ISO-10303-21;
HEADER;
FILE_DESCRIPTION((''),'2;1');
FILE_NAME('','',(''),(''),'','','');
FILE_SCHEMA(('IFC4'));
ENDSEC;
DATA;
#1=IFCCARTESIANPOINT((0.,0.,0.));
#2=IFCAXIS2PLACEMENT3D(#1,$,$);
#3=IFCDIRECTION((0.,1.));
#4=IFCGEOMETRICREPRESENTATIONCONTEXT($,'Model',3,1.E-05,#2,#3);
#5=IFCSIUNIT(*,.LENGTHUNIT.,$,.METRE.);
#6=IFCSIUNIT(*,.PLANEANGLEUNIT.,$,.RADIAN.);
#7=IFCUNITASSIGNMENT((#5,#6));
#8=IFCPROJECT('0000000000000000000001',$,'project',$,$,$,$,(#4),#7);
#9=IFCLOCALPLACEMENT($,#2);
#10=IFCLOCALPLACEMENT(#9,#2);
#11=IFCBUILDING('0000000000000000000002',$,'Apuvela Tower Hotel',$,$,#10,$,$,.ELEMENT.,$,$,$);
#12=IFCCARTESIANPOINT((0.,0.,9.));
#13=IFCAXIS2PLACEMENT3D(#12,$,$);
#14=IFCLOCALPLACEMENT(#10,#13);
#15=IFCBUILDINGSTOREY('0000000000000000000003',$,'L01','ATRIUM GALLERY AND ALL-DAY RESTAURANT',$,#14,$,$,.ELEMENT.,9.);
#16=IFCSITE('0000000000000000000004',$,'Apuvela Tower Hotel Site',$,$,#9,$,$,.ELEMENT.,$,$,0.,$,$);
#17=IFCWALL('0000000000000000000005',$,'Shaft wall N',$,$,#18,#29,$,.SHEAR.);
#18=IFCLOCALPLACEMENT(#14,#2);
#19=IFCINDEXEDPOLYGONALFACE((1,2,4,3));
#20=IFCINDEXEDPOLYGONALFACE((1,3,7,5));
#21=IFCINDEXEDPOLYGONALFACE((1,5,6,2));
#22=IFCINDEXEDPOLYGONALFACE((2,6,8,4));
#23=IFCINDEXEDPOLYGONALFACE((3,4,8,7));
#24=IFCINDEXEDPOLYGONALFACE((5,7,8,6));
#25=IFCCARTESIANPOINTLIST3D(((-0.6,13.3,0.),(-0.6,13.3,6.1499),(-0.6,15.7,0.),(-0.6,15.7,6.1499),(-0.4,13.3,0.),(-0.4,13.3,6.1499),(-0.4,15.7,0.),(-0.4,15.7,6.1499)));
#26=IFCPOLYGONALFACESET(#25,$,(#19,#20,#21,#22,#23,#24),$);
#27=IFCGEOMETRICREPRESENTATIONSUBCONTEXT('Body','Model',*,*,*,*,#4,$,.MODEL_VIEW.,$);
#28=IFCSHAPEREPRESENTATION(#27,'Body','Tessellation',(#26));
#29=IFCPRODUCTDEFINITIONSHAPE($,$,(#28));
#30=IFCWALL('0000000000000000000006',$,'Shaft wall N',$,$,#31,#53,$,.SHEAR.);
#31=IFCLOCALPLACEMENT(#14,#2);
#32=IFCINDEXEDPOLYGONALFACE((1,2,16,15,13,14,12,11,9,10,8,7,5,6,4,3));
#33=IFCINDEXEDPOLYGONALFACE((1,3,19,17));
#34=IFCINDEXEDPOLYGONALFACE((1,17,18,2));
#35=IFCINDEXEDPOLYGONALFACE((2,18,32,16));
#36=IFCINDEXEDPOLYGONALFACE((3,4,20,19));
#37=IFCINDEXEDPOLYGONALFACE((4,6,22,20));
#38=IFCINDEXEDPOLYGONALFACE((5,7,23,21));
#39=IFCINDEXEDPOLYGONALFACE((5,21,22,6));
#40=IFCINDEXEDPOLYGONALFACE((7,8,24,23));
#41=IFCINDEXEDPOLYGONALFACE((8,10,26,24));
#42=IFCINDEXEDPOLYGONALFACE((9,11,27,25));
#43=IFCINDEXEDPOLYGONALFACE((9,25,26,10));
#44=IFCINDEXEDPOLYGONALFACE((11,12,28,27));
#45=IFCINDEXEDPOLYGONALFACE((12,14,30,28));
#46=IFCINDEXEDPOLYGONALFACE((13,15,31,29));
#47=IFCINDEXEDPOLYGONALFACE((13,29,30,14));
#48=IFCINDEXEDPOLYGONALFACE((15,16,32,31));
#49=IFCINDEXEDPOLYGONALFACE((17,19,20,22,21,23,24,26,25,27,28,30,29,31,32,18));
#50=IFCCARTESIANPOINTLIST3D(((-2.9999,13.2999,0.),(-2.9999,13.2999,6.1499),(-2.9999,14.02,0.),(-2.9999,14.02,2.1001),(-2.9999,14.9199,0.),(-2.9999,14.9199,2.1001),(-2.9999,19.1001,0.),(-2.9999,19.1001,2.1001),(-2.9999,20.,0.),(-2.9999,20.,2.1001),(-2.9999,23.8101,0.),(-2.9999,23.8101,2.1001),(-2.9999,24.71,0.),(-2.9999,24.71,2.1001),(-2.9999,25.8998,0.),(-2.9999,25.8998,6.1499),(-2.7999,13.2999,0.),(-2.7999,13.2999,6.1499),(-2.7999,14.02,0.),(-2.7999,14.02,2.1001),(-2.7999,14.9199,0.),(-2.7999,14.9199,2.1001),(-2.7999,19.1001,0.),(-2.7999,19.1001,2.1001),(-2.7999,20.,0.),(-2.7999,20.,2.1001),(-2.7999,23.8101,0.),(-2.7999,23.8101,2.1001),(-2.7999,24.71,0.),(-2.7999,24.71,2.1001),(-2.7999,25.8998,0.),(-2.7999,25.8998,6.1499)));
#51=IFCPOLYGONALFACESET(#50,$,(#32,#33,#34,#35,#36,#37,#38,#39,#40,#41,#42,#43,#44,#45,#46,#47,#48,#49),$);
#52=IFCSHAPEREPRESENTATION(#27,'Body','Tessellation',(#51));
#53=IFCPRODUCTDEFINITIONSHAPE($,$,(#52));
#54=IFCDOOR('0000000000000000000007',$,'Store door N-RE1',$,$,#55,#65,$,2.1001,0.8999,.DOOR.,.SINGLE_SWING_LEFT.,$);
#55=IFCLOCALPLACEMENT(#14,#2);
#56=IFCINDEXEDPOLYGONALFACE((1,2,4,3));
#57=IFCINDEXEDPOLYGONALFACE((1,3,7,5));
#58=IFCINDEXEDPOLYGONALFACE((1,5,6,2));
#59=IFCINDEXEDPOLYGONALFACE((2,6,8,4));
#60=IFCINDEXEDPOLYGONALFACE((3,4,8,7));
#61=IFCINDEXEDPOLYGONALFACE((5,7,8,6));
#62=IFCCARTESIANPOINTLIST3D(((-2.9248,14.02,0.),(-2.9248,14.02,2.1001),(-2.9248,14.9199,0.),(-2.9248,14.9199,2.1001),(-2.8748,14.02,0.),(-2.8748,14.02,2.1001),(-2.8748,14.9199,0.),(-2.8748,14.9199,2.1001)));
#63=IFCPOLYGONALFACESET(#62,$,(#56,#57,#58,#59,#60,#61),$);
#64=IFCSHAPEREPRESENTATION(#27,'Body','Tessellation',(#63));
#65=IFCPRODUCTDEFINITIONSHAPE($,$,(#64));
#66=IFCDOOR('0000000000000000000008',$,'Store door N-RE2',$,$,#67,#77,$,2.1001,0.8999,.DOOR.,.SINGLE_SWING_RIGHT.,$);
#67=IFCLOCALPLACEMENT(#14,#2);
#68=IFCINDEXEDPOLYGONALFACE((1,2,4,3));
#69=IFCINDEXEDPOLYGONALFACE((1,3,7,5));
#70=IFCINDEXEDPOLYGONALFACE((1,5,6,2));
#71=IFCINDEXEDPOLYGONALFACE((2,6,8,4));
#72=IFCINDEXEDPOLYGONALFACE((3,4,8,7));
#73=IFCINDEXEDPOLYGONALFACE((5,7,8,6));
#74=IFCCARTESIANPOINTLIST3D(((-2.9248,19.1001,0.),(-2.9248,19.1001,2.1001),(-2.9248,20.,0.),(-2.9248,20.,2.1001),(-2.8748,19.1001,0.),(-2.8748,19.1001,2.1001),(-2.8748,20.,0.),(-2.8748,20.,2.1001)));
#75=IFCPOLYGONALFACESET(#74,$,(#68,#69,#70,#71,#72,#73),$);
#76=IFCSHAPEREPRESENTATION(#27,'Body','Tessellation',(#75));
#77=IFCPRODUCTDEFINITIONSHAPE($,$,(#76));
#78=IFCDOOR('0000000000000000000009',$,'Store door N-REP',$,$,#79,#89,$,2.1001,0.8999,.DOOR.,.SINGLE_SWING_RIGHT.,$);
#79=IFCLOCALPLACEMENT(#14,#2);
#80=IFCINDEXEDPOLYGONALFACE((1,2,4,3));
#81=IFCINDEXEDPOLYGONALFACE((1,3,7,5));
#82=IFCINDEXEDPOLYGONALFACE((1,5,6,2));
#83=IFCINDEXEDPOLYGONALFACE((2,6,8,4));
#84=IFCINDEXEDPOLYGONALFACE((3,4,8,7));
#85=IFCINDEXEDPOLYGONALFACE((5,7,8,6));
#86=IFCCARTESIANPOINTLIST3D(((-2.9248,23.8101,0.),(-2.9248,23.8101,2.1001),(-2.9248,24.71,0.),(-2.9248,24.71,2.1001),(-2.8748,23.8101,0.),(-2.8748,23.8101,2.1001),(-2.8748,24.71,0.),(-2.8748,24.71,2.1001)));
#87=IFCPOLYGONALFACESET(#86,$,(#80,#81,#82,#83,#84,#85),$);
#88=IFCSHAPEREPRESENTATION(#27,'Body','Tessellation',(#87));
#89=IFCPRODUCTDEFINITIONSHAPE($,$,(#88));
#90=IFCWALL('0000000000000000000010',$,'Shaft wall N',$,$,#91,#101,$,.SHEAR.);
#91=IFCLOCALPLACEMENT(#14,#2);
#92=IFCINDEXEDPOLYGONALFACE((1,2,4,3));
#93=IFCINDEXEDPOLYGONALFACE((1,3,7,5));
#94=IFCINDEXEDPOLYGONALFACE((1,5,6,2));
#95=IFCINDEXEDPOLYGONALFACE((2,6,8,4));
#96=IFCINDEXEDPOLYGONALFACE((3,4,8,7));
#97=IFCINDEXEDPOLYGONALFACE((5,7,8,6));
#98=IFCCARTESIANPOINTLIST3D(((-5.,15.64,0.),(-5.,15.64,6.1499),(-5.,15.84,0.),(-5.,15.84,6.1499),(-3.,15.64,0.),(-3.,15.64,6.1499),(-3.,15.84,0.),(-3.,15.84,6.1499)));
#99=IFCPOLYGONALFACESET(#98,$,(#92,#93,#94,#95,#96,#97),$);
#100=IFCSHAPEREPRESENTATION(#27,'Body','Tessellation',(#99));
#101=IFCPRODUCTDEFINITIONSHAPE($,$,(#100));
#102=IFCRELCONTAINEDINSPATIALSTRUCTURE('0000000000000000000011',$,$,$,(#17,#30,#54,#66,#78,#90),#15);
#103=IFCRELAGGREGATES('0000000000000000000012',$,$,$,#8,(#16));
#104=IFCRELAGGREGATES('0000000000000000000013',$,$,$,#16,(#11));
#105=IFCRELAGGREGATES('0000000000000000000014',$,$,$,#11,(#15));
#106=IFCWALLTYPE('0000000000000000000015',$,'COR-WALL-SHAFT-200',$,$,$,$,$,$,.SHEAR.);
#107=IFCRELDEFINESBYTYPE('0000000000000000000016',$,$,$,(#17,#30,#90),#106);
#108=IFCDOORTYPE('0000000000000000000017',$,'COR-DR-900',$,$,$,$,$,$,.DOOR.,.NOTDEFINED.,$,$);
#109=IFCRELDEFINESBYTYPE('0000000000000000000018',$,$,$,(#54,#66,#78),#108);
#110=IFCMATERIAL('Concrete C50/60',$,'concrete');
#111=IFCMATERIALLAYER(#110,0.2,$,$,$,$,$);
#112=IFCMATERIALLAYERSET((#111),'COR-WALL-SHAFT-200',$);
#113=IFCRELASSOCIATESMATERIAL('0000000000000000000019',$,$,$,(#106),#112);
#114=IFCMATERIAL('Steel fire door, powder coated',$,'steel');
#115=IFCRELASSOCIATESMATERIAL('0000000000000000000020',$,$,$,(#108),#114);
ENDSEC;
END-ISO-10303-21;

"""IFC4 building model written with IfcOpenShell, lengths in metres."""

from ifc_helpers import new_model, si_unit, direction, frame, frame_2d, origin, place, context, subcontext, project, spatial, rectangle, extrude, material, layer, layer_set, type_object, element, fill, save


model = new_model("IFC4")

# Units and contexts
model_context = context("Model", 3, precision=1e-05, world=origin(), true_north=direction((0.0, 1.0)))
body_context = subcontext(model_context, "Body", "Model", "MODEL_VIEW")
ifc_project = project(units=[si_unit("LENGTHUNIT", "METRE"), si_unit("PLANEANGLEUNIT", "RADIAN")], contexts=[model_context])

# Site, building, storey
site_placement = place(None, origin())
site = spatial("IfcSite", under=ifc_project, at=site_placement, Name="Apuvela Tower Hotel Site", CompositionType="ELEMENT", RefElevation=0.0)
building_placement = place(site_placement, origin())
building = spatial("IfcBuilding", under=site, at=building_placement, Name="Apuvela Tower Hotel", CompositionType="ELEMENT")
storey_placement = place(building_placement, frame((0.0, 0.0, 9.0)))
storey = spatial("IfcBuildingStorey", under=building, at=storey_placement, Name="L01", Description="ATRIUM GALLERY AND ALL-DAY RESTAURANT", CompositionType="ELEMENT", Elevation=9.0)

# Wall
ifc_material_1 = material(Name="Concrete C50/60", Category="concrete")
ifc_layer_1 = layer(ifc_material_1, 0.2)
ifc_layer_set_1 = layer_set([ifc_layer_1], Name="COR-WALL-SHAFT-200")
wall_type_1 = type_object("IfcWallType", Name="COR-WALL-SHAFT-200", PredefinedType="SHEAR", material=ifc_layer_set_1)
wall_1_placement = place(storey_placement, frame((-0.5, 13.3, 0.0), z_axis=(0.0, 0.0, 1.0), x_axis=(0.0, 1.0, 0.0)))
element("IfcWall", 1, at=wall_1_placement, inside=storey, type_object=wall_type_1, Name="Shaft wall N", PredefinedType="SHEAR", context=body_context, shape_type="SweptSolid", body=[
    extrude(rectangle(XDim=2.3999, YDim=0.2, at=frame_2d((1.2, 0.0))), origin(), (0.0, 0.0, 1.0), 6.1499),
])

# Wall, openings, doors
wall_2_placement = place(storey_placement, frame((-2.8999, 13.3, 0.0), z_axis=(0.0, 0.0, 1.0), x_axis=(0.0, 1.0, 0.0)))
wall_2 = element("IfcWall", 2, at=wall_2_placement, inside=storey, type_object=wall_type_1, Name="Shaft wall N", PredefinedType="SHEAR", context=body_context, shape_type="SweptSolid", body=[
    extrude(rectangle(XDim=12.5999, YDim=0.2, at=frame_2d((6.2998, 0.0))), origin(), (0.0, 0.0, 1.0), 6.1499),
])
opening_1_placement = place(wall_2_placement, frame((0.72, 0.0, 0.0)))
opening_1 = element("IfcOpeningElement", 3, at=opening_1_placement, cuts=wall_2, PredefinedType="OPENING", context=body_context, shape_type="SweptSolid", body=[
    extrude(rectangle(XDim=0.8999, YDim=2.1001, at=frame_2d((0.45, 1.05))), frame((0.0, 0.1099, 0.0), z_axis=(0.0, -1.0, 0.0), x_axis=(1.0, 0.0, 0.0)), (0.0, 0.0, 1.0), 0.22),
])
opening_2_placement = place(wall_2_placement, frame((5.8, 0.0, 0.0)))
opening_2 = element("IfcOpeningElement", 4, at=opening_2_placement, cuts=wall_2, PredefinedType="OPENING", context=body_context, shape_type="SweptSolid", body=[
    extrude(rectangle(XDim=0.8999, YDim=2.1001, at=frame_2d((0.45, 1.05))), frame((0.0, 0.1099, 0.0), z_axis=(0.0, -1.0, 0.0), x_axis=(1.0, 0.0, 0.0)), (0.0, 0.0, 1.0), 0.22),
])
opening_3_placement = place(wall_2_placement, frame((10.51, 0.0, 0.0)))
opening_3 = element("IfcOpeningElement", 5, at=opening_3_placement, cuts=wall_2, PredefinedType="OPENING", context=body_context, shape_type="SweptSolid", body=[
    extrude(rectangle(XDim=0.8999, YDim=2.1001, at=frame_2d((0.45, 1.05))), frame((0.0, 0.1099, 0.0), z_axis=(0.0, -1.0, 0.0), x_axis=(1.0, 0.0, 0.0)), (0.0, 0.0, 1.0), 0.22),
])
ifc_material_2 = material(Name="Steel fire door, powder coated", Category="steel")
door_type_1 = type_object("IfcDoorType", Name="COR-DR-900", OperationType="NOTDEFINED", PredefinedType="DOOR", material=ifc_material_2)
door_1_placement = place(opening_1_placement, origin())
door_1 = element("IfcDoor", 6, at=door_1_placement, inside=storey, type_object=door_type_1, Name="Store door N-RE1", OperationType="SINGLE_SWING_LEFT", OverallHeight=2.1001, OverallWidth=0.8999, PredefinedType="DOOR", context=body_context, shape_type="SweptSolid", body=[
    extrude(rectangle(XDim=0.8999, YDim=2.1001, at=frame_2d((0.45, 1.05))), frame((0.0, 0.0249, 0.0), z_axis=(0.0, -1.0, 0.0), x_axis=(1.0, 0.0, 0.0)), (0.0, 0.0, 1.0), 0.05),
])
fill(opening_1, door_1)
door_2_placement = place(opening_2_placement, origin())
door_2 = element("IfcDoor", 7, at=door_2_placement, inside=storey, type_object=door_type_1, Name="Store door N-RE2", OperationType="SINGLE_SWING_RIGHT", OverallHeight=2.1001, OverallWidth=0.8999, PredefinedType="DOOR", context=body_context, shape_type="SweptSolid", body=[
    extrude(rectangle(XDim=0.8999, YDim=2.1001, at=frame_2d((0.45, 1.05))), frame((0.0, 0.0249, 0.0), z_axis=(0.0, -1.0, 0.0), x_axis=(1.0, 0.0, 0.0)), (0.0, 0.0, 1.0), 0.05),
])
fill(opening_2, door_2)
door_3_placement = place(opening_3_placement, origin())
door_3 = element("IfcDoor", 8, at=door_3_placement, inside=storey, type_object=door_type_1, Name="Store door N-REP", OperationType="SINGLE_SWING_RIGHT", OverallHeight=2.1001, OverallWidth=0.8999, PredefinedType="DOOR", context=body_context, shape_type="SweptSolid", body=[
    extrude(rectangle(XDim=0.8999, YDim=2.1001, at=frame_2d((0.45, 1.05))), frame((0.0, 0.0249, 0.0), z_axis=(0.0, -1.0, 0.0), x_axis=(1.0, 0.0, 0.0)), (0.0, 0.0, 1.0), 0.05),
])
fill(opening_3, door_3)

# Wall
wall_3_placement = place(storey_placement, frame((-3.0, 15.74, 0.0), z_axis=(0.0, 0.0, 1.0), x_axis=(-1.0, 0.0, 0.0)))
element("IfcWall", 9, at=wall_3_placement, inside=storey, type_object=wall_type_1, Name="Shaft wall N", PredefinedType="SHEAR", context=body_context, shape_type="SweptSolid", body=[
    extrude(rectangle(XDim=2.0, YDim=0.2, at=frame_2d((1.0, 0.0))), origin(), (0.0, 0.0, 1.0), 6.1499),
])

save(model, "model.ifc")
